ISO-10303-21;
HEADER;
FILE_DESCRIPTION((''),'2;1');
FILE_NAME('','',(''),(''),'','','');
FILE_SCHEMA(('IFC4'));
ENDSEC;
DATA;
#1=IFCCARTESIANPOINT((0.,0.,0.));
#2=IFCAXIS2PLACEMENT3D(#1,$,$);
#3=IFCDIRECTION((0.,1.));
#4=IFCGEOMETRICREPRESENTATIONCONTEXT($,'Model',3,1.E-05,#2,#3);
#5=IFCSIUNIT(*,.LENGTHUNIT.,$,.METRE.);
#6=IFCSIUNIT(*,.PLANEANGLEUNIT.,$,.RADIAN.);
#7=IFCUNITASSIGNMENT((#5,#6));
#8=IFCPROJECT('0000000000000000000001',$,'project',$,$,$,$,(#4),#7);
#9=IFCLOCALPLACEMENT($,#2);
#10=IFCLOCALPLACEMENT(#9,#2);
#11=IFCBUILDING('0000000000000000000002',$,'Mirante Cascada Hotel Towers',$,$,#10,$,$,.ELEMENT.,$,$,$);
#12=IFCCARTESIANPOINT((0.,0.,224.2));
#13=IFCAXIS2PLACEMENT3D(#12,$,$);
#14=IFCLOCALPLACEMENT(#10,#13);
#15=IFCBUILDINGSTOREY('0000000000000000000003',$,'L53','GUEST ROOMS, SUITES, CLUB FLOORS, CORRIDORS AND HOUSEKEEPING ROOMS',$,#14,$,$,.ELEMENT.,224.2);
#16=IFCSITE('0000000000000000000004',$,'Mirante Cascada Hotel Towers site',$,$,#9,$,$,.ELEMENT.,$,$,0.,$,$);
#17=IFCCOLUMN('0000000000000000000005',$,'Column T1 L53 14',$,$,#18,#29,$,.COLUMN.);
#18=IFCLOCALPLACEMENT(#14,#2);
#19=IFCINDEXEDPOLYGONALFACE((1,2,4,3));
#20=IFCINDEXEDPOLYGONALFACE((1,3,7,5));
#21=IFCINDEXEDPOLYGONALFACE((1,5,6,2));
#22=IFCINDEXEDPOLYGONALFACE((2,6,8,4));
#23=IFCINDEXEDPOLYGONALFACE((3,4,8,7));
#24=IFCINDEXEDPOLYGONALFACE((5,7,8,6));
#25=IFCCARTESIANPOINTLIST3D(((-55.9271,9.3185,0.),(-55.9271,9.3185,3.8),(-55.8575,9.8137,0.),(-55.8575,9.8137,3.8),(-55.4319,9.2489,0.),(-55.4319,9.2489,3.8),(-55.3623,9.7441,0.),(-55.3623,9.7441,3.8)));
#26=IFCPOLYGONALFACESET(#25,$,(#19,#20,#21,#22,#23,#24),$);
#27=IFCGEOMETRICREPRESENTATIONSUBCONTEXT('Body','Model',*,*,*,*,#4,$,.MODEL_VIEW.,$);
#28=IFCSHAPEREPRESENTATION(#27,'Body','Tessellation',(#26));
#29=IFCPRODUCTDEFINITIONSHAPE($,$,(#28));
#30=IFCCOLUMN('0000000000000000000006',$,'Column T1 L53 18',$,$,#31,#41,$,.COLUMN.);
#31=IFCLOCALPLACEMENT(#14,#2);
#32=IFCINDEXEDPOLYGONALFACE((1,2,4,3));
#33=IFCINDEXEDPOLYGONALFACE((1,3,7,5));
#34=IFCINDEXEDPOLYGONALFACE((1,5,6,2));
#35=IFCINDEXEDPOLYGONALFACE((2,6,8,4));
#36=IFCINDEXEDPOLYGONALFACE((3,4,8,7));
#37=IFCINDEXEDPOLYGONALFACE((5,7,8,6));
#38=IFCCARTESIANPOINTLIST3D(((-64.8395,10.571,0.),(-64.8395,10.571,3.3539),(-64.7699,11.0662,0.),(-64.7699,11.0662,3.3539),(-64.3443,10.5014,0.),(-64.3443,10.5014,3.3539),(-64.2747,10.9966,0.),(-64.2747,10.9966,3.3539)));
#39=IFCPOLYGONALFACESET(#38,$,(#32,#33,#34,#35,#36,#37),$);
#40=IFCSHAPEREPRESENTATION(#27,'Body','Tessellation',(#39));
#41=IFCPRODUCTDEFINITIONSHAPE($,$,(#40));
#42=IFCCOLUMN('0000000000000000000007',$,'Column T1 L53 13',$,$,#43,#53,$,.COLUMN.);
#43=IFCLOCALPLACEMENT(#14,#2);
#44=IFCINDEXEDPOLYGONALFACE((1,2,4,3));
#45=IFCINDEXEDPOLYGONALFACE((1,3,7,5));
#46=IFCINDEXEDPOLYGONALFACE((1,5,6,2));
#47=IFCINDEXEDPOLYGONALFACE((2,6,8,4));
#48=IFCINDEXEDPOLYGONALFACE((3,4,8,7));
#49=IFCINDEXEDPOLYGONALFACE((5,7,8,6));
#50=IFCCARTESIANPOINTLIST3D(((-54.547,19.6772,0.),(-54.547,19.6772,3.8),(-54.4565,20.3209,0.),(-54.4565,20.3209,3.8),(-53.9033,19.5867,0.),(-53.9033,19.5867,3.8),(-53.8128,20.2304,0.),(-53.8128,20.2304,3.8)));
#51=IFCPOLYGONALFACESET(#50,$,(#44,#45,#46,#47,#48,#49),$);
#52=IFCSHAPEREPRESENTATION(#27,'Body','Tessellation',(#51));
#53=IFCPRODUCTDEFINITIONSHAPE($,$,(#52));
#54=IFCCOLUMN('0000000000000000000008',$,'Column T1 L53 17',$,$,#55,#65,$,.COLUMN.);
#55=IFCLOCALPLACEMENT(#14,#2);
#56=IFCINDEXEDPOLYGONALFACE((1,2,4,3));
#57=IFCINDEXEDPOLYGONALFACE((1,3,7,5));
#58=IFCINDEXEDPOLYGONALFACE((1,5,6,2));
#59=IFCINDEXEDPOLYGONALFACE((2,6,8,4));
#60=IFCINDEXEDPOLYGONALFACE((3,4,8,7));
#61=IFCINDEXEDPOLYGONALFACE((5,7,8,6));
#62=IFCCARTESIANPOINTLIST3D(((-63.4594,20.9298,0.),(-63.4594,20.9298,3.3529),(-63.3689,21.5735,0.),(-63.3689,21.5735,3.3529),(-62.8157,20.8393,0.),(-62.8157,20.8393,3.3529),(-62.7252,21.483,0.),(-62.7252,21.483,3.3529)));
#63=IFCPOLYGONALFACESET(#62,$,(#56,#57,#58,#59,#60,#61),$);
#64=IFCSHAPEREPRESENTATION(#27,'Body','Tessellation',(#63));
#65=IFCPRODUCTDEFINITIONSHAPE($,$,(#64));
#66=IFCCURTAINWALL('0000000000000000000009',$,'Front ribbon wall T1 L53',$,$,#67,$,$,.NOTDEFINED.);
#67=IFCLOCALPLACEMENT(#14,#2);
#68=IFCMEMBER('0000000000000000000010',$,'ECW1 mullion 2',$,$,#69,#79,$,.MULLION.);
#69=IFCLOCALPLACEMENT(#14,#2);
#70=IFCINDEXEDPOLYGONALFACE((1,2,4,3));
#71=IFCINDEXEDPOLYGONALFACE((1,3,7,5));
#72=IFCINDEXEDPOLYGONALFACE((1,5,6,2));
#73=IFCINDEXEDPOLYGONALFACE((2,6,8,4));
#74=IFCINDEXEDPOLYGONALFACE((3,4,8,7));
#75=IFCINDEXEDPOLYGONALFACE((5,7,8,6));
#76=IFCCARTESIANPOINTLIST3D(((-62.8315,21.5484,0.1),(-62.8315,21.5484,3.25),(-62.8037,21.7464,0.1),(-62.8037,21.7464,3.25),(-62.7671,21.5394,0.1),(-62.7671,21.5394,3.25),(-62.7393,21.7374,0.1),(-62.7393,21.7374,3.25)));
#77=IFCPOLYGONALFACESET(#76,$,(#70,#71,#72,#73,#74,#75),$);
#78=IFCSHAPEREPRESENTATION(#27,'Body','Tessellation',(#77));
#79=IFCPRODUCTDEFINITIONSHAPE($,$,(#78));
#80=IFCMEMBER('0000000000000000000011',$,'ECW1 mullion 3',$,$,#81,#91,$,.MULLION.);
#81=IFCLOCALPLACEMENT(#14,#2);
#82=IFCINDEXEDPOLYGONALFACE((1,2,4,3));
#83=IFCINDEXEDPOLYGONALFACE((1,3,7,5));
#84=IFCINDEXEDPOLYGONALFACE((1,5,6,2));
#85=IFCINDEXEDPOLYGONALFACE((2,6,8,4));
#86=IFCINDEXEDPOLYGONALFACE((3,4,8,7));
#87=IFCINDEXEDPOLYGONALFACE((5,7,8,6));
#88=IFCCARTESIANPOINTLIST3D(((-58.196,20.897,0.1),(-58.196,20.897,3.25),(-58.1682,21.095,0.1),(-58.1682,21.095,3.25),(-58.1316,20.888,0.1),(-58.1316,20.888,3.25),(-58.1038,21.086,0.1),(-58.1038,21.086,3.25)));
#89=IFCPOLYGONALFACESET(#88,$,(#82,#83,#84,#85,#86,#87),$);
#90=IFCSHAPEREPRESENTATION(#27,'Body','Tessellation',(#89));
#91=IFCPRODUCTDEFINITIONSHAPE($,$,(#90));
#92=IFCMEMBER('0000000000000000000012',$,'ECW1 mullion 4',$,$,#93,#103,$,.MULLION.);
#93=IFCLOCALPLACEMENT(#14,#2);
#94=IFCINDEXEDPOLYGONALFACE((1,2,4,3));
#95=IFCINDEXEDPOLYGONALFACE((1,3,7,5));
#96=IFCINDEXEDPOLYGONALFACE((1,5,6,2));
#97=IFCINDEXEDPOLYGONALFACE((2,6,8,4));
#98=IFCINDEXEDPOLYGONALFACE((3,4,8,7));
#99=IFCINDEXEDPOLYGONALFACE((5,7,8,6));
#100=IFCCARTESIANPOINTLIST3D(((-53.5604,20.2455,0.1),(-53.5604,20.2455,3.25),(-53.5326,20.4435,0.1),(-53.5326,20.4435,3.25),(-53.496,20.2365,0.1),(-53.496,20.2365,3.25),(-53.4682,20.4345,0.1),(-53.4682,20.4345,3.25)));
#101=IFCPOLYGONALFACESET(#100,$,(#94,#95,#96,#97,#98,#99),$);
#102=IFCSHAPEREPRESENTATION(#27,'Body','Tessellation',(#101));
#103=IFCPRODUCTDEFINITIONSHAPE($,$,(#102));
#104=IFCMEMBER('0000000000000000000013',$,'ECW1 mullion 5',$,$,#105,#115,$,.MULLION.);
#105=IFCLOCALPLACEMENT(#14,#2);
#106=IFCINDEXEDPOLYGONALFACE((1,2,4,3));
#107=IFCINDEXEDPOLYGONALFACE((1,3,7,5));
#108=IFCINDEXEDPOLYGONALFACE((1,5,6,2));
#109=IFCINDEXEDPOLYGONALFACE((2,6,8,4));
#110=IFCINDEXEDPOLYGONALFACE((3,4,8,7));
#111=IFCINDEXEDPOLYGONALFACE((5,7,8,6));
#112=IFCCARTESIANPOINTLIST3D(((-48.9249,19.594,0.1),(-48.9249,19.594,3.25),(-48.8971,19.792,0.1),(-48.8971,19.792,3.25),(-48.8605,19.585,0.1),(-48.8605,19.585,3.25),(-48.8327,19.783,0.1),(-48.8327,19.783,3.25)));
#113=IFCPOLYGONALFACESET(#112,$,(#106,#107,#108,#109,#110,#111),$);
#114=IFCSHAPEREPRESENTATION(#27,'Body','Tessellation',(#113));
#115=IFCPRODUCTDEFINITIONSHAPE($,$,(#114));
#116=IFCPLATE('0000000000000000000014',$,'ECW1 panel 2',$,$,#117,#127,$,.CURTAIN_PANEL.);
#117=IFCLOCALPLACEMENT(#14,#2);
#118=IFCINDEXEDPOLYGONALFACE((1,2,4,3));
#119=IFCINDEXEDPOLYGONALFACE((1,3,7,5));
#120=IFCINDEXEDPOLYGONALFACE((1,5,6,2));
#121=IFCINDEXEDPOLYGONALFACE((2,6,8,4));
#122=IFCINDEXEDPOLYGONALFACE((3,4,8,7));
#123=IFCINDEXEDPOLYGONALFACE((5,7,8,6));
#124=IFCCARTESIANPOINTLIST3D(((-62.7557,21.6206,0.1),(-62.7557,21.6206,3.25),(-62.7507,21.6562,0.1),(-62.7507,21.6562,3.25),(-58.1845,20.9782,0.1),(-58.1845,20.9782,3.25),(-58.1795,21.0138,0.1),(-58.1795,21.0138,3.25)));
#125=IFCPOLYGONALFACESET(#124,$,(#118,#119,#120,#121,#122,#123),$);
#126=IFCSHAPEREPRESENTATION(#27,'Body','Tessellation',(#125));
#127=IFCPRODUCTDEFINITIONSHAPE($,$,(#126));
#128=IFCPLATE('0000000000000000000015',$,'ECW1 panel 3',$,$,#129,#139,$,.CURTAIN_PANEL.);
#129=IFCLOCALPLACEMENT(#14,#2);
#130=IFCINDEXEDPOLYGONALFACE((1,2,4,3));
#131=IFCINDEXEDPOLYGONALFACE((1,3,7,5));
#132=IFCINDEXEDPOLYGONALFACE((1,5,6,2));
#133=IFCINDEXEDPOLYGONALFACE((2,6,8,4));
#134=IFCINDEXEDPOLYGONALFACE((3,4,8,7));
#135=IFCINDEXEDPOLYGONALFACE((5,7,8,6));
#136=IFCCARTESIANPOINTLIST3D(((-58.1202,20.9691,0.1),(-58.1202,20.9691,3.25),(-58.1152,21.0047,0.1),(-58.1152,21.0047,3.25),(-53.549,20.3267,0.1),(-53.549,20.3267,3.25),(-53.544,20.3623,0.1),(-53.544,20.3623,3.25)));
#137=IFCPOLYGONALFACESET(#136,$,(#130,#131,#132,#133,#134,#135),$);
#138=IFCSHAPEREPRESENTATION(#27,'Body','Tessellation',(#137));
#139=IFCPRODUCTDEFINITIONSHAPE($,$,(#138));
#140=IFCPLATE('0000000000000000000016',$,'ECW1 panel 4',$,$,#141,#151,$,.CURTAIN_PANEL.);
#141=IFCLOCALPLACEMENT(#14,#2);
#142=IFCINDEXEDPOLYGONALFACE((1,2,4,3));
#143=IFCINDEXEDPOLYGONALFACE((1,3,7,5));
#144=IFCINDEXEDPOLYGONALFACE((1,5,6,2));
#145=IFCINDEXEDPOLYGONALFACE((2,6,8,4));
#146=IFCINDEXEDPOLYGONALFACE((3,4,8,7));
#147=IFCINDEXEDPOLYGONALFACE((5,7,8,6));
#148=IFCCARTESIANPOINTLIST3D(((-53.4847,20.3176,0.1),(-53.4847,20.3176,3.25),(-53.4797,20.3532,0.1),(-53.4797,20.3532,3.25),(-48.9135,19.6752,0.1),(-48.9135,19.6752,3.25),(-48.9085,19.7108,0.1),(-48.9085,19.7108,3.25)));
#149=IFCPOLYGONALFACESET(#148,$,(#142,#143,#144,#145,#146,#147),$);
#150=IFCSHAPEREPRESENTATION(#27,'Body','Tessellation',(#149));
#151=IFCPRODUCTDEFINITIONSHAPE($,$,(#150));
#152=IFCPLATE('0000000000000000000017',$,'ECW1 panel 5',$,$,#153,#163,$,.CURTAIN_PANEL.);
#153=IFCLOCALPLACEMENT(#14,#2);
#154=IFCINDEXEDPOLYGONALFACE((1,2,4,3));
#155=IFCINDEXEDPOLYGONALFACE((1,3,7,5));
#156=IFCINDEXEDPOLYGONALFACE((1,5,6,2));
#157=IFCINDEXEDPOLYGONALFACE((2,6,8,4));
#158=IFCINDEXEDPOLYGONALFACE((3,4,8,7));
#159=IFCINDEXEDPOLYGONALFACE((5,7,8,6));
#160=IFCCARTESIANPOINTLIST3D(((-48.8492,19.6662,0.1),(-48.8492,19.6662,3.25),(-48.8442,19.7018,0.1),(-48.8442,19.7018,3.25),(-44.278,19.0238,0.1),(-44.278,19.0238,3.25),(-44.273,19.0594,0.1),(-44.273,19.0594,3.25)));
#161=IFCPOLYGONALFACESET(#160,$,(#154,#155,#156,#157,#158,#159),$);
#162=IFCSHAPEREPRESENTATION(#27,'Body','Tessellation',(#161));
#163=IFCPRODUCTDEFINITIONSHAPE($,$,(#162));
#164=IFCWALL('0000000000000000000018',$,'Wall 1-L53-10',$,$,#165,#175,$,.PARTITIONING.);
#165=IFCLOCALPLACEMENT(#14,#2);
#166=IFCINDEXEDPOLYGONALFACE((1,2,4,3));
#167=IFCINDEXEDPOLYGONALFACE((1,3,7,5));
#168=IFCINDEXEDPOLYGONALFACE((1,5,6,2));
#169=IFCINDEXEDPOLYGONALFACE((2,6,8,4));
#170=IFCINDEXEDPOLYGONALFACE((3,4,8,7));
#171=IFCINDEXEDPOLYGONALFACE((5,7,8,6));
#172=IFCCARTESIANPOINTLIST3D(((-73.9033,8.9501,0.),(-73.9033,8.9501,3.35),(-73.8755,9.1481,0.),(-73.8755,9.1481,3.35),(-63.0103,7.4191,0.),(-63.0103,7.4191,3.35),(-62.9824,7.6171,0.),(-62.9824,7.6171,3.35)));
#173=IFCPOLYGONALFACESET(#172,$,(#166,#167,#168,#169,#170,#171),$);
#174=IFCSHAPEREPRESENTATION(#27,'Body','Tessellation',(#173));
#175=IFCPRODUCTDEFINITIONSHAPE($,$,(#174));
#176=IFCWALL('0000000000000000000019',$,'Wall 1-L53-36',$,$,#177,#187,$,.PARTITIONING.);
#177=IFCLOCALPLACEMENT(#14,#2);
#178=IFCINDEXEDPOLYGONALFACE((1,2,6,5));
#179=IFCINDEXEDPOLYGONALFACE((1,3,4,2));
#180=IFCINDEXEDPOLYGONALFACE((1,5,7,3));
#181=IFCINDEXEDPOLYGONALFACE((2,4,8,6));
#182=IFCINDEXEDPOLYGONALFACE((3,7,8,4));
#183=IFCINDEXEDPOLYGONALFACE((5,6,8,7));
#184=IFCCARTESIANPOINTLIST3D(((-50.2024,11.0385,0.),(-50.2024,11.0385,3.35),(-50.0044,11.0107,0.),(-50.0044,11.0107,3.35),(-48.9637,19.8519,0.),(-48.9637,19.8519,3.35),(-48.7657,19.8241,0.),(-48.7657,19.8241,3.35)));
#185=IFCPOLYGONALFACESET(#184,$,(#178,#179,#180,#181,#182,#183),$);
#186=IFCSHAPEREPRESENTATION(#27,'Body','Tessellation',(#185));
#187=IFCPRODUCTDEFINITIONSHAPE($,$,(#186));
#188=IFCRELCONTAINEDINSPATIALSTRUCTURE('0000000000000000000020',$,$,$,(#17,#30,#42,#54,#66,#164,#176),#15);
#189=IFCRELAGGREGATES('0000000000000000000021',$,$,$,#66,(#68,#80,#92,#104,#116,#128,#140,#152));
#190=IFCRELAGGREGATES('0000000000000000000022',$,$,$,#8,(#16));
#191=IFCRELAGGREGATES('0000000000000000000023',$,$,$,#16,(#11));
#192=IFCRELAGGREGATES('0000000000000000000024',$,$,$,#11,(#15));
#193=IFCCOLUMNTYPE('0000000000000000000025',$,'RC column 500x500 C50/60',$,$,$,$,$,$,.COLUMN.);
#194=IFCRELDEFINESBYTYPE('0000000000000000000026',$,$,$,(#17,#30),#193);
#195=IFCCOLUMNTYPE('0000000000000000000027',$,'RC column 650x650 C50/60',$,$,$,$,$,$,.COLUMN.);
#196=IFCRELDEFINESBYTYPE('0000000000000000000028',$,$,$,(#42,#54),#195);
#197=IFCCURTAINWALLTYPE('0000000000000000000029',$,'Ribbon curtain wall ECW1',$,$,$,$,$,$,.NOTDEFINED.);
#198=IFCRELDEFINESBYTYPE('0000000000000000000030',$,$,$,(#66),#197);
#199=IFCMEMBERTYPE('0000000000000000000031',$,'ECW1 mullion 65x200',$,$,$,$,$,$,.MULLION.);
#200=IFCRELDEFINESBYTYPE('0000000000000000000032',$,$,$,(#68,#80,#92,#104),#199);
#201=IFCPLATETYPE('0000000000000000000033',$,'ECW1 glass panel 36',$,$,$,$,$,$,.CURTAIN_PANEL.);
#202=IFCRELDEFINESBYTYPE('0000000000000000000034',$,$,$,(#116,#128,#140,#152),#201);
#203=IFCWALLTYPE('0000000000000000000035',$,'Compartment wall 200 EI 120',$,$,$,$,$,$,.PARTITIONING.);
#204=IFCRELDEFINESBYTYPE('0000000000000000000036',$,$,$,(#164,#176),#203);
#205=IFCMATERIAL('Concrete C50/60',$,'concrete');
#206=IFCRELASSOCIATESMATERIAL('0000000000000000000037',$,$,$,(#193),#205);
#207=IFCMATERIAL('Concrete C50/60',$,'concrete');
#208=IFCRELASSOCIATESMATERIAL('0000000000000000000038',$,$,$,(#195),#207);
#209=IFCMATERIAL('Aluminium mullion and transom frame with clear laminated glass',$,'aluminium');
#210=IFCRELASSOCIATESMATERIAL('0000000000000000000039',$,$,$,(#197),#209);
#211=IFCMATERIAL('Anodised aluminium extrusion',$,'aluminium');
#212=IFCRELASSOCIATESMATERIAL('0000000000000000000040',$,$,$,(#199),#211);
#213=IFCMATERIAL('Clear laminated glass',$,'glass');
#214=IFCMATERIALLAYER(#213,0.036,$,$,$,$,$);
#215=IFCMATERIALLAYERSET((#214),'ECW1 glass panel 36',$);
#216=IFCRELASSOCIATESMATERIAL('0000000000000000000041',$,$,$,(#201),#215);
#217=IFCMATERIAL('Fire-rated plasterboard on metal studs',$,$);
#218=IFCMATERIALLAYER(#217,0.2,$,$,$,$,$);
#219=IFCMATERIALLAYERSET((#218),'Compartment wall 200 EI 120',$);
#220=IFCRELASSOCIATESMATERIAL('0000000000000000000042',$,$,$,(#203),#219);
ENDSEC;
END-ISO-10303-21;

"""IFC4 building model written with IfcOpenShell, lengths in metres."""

from ifc_helpers import new_model, si_unit, direction, frame, frame_2d, origin, origin_2d, place, context, subcontext, project, spatial, rectangle, extrude, material, layer, layer_set, material_profile, profile_set, type_object, element, aggregate, save


model = new_model("IFC4")

# Units and contexts
model_context = context("Model", 3, precision=1e-05, world=origin(), true_north=direction((0.0, 1.0)))
body_context = subcontext(model_context, "Body", "Model", "MODEL_VIEW")
ifc_project = project(units=[si_unit("LENGTHUNIT", "METRE"), si_unit("PLANEANGLEUNIT", "RADIAN")], contexts=[model_context])

# Site, building, storey
site_placement = place(None, origin())
site = spatial("IfcSite", under=ifc_project, at=site_placement, Name="Mirante Cascada Hotel Towers site", CompositionType="ELEMENT", RefElevation=0.0)
building_placement = place(site_placement, origin())
building = spatial("IfcBuilding", under=site, at=building_placement, Name="Mirante Cascada Hotel Towers", CompositionType="ELEMENT")
storey_placement = place(building_placement, frame((0.0, 0.0, 224.2)))
storey = spatial("IfcBuildingStorey", under=building, at=storey_placement, Name="L53", Description="GUEST ROOMS, SUITES, CLUB FLOORS, CORRIDORS AND HOUSEKEEPING ROOMS", CompositionType="ELEMENT", Elevation=224.2)

# Columns
ifc_material_1 = material(Name="Concrete C50/60", Category="concrete")
ifc_material_profile_1 = material_profile(ifc_material_1, rectangle(XDim=0.5, YDim=0.5, at=origin_2d()), Name="RC column 500x500 C50/60")
ifc_profile_set_1 = profile_set([ifc_material_profile_1], Name="Concrete C50/60")
column_type_1 = type_object("IfcColumnType", Name="RC column 500x500 C50/60", PredefinedType="COLUMN", material=ifc_profile_set_1)
column_1_placement = place(storey_placement, frame((-55.6447, 9.5313, 0.0), z_axis=(0.0, 0.0, 1.0), x_axis=(-0.990268, 0.139173, 0.0)))
element("IfcColumn", 1, at=column_1_placement, inside=storey, type_object=column_type_1, Name="Column T1 L53 14", PredefinedType="COLUMN", context=body_context, shape_type="SweptSolid", body=[
    extrude(rectangle(XDim=0.5, YDim=0.5, at=origin_2d()), origin(), (0.0, 0.0, 1.0), 3.8),
])
column_2_placement = place(storey_placement, frame((-64.5571, 10.7838, 0.0), z_axis=(0.0, 0.0, 1.0), x_axis=(-0.990268, 0.139173, 0.0)))
element("IfcColumn", 2, at=column_2_placement, inside=storey, type_object=column_type_1, Name="Column T1 L53 18", PredefinedType="COLUMN", context=body_context, shape_type="SweptSolid", body=[
    extrude(rectangle(XDim=0.5, YDim=0.5, at=origin_2d()), origin(), (0.0, 0.0, 1.0), 3.3539),
])
ifc_material_2 = material(Name="Concrete C50/60", Category="concrete")
ifc_material_profile_2 = material_profile(ifc_material_2, rectangle(XDim=0.65, YDim=0.65, at=origin_2d()), Name="RC column 650x650 C50/60")
ifc_profile_set_2 = profile_set([ifc_material_profile_2], Name="Concrete C50/60")
column_type_2 = type_object("IfcColumnType", Name="RC column 650x650 C50/60", PredefinedType="COLUMN", material=ifc_profile_set_2)
column_3_placement = place(storey_placement, frame((-54.1799, 19.9538, 0.0), z_axis=(0.0, 0.0, 1.0), x_axis=(-0.990268, 0.139173, 0.0)))
element("IfcColumn", 3, at=column_3_placement, inside=storey, type_object=column_type_2, Name="Column T1 L53 13", PredefinedType="COLUMN", context=body_context, shape_type="SweptSolid", body=[
    extrude(rectangle(XDim=0.65, YDim=0.65, at=origin_2d()), origin(), (0.0, 0.0, 1.0), 3.8),
])
column_4_placement = place(storey_placement, frame((-63.0923, 21.2064, 0.0), z_axis=(0.0, 0.0, 1.0), x_axis=(-0.990268, 0.139173, 0.0)))
element("IfcColumn", 4, at=column_4_placement, inside=storey, type_object=column_type_2, Name="Column T1 L53 17", PredefinedType="COLUMN", context=body_context, shape_type="SweptSolid", body=[
    extrude(rectangle(XDim=0.65, YDim=0.65, at=origin_2d()), origin(), (0.0, 0.0, 1.0), 3.3529),
])

# Curtain wall, members, plates
ifc_material_3 = material(Name="Aluminium mullion and transom frame with clear laminated glass", Category="aluminium")
curtain_wall_type = type_object("IfcCurtainWallType", Name="Ribbon curtain wall ECW1", PredefinedType="NOTDEFINED", material=ifc_material_3)
curtain_wall_placement = place(storey_placement, origin())
curtain_wall = element("IfcCurtainWall", 5, at=curtain_wall_placement, inside=storey, type_object=curtain_wall_type, Name="Front ribbon wall T1 L53", PredefinedType="NOTDEFINED")
ifc_material_4 = material(Name="Anodised aluminium extrusion", Category="aluminium")
ifc_material_profile_3 = material_profile(ifc_material_4, rectangle(XDim=0.2, YDim=0.065, at=origin_2d()), Name="ECW1 MULLION 65x200")
ifc_profile_set_3 = profile_set([ifc_material_profile_3], Name="Anodised aluminium extrusion")
member_type = type_object("IfcMemberType", Name="ECW1 mullion 65x200", PredefinedType="MULLION", material=ifc_profile_set_3)
member_1_placement = place(storey_placement, frame((-62.7854, 21.6429, 0.1), z_axis=(0.0, 0.0, 1.0), x_axis=(0.139173, 0.990268, 0.0)))
member_1 = element("IfcMember", 6, at=member_1_placement, type_object=member_type, Name="ECW1 mullion 2", PredefinedType="MULLION", context=body_context, shape_type="SweptSolid", body=[
    extrude(rectangle(XDim=0.2, YDim=0.065, at=origin_2d()), origin(), (0.0, 0.0, 1.0), 3.15),
])
member_2_placement = place(storey_placement, frame((-58.1499, 20.9915, 0.1), z_axis=(0.0, 0.0, 1.0), x_axis=(0.139173, 0.990268, 0.0)))
member_2 = element("IfcMember", 7, at=member_2_placement, type_object=member_type, Name="ECW1 mullion 3", PredefinedType="MULLION", context=body_context, shape_type="SweptSolid", body=[
    extrude(rectangle(XDim=0.2, YDim=0.065, at=origin_2d()), origin(), (0.0, 0.0, 1.0), 3.15),
])
member_3_placement = place(storey_placement, frame((-53.5143, 20.34, 0.1), z_axis=(0.0, 0.0, 1.0), x_axis=(0.139173, 0.990268, 0.0)))
member_3 = element("IfcMember", 8, at=member_3_placement, type_object=member_type, Name="ECW1 mullion 4", PredefinedType="MULLION", context=body_context, shape_type="SweptSolid", body=[
    extrude(rectangle(XDim=0.2, YDim=0.065, at=origin_2d()), origin(), (0.0, 0.0, 1.0), 3.15),
])
member_4_placement = place(storey_placement, frame((-48.8788, 19.6885, 0.1), z_axis=(0.0, 0.0, 1.0), x_axis=(0.139173, 0.990268, 0.0)))
member_4 = element("IfcMember", 9, at=member_4_placement, type_object=member_type, Name="ECW1 mullion 5", PredefinedType="MULLION", context=body_context, shape_type="SweptSolid", body=[
    extrude(rectangle(XDim=0.2, YDim=0.065, at=origin_2d()), origin(), (0.0, 0.0, 1.0), 3.15),
])
ifc_material_5 = material(Name="Clear laminated glass", Category="glass")
ifc_layer_1 = layer(ifc_material_5, 0.036)
ifc_layer_set_1 = layer_set([ifc_layer_1], Name="ECW1 glass panel 36")
plate_type = type_object("IfcPlateType", Name="ECW1 glass panel 36", PredefinedType="CURTAIN_PANEL", material=ifc_layer_set_1)
plate_1_placement = place(storey_placement, frame((-60.4676, 21.3172, 0.1), z_axis=(0.0, 0.0, 1.0), x_axis=(0.990268, -0.139173, 0.0)))
plate_1 = element("IfcPlate", 10, at=plate_1_placement, type_object=plate_type, Name="ECW1 panel 2", PredefinedType="CURTAIN_PANEL", context=body_context, shape_type="SweptSolid", body=[
    extrude(rectangle(XDim=4.6161, YDim=0.036, at=origin_2d()), origin(), (0.0, 0.0, 1.0), 3.15),
])
plate_2_placement = place(storey_placement, frame((-55.8321, 20.6657, 0.1), z_axis=(0.0, 0.0, 1.0), x_axis=(0.990268, -0.139173, 0.0)))
plate_2 = element("IfcPlate", 11, at=plate_2_placement, type_object=plate_type, Name="ECW1 panel 3", PredefinedType="CURTAIN_PANEL", context=body_context, shape_type="SweptSolid", body=[
    extrude(rectangle(XDim=4.6161, YDim=0.036, at=origin_2d()), origin(), (0.0, 0.0, 1.0), 3.15),
])
plate_3_placement = place(storey_placement, frame((-51.1966, 20.0142, 0.1), z_axis=(0.0, 0.0, 1.0), x_axis=(0.990268, -0.139173, 0.0)))
plate_3 = element("IfcPlate", 12, at=plate_3_placement, type_object=plate_type, Name="ECW1 panel 4", PredefinedType="CURTAIN_PANEL", context=body_context, shape_type="SweptSolid", body=[
    extrude(rectangle(XDim=4.6161, YDim=0.036, at=origin_2d()), origin(), (0.0, 0.0, 1.0), 3.15),
])
plate_4_placement = place(storey_placement, frame((-46.5611, 19.3628, 0.1), z_axis=(0.0, 0.0, 1.0), x_axis=(0.990268, -0.139173, 0.0)))
plate_4 = element("IfcPlate", 13, at=plate_4_placement, type_object=plate_type, Name="ECW1 panel 5", PredefinedType="CURTAIN_PANEL", context=body_context, shape_type="SweptSolid", body=[
    extrude(rectangle(XDim=4.6161, YDim=0.036, at=origin_2d()), origin(), (0.0, 0.0, 1.0), 3.15),
])
aggregate(curtain_wall, [member_1, member_2, member_3, member_4, plate_1, plate_2, plate_3, plate_4])

# Walls
ifc_material_6 = material(Name="Fire-rated plasterboard on metal studs")
ifc_layer_2 = layer(ifc_material_6, 0.2)
ifc_layer_set_2 = layer_set([ifc_layer_2], Name="Compartment wall 200 EI 120")
wall_type_1 = type_object("IfcWallType", Name="Compartment wall 200 EI 120", PredefinedType="PARTITIONING", material=ifc_layer_set_2)
wall_1_placement = place(storey_placement, frame((-62.9964, 7.5181, 0.0), z_axis=(0.0, 0.0, 1.0), x_axis=(-0.990267, 0.139181, 0.0)))
element("IfcWall", 14, at=wall_1_placement, inside=storey, type_object=wall_type_1, Name="Wall 1-L53-10", PredefinedType="PARTITIONING", context=body_context, shape_type="SweptSolid", body=[
    extrude(rectangle(XDim=11.0001, YDim=0.2, at=frame_2d((5.5, 0.0))), origin(), (0.0, 0.0, 1.0), 3.35),
])
for number, where, z_axis, x_axis, name in (
    (15, (-50.1034, 11.0246, 0.0), (0.0, 0.0, 1.0), (0.139179, 0.990267, 0.0), "Wall 1-L53-36"),
):
    element("IfcWall", number, at=place(storey_placement, frame(where, z_axis=z_axis, x_axis=x_axis)), inside=storey, type_object=wall_type_1, Name=name, PredefinedType="PARTITIONING", context=body_context, shape_type="SweptSolid", body=[
        extrude(rectangle(XDim=8.9, YDim=0.2, at=frame_2d((4.45, 0.0))), origin(), (0.0, 0.0, 1.0), 3.35),
    ])

save(model, "model.ifc")
